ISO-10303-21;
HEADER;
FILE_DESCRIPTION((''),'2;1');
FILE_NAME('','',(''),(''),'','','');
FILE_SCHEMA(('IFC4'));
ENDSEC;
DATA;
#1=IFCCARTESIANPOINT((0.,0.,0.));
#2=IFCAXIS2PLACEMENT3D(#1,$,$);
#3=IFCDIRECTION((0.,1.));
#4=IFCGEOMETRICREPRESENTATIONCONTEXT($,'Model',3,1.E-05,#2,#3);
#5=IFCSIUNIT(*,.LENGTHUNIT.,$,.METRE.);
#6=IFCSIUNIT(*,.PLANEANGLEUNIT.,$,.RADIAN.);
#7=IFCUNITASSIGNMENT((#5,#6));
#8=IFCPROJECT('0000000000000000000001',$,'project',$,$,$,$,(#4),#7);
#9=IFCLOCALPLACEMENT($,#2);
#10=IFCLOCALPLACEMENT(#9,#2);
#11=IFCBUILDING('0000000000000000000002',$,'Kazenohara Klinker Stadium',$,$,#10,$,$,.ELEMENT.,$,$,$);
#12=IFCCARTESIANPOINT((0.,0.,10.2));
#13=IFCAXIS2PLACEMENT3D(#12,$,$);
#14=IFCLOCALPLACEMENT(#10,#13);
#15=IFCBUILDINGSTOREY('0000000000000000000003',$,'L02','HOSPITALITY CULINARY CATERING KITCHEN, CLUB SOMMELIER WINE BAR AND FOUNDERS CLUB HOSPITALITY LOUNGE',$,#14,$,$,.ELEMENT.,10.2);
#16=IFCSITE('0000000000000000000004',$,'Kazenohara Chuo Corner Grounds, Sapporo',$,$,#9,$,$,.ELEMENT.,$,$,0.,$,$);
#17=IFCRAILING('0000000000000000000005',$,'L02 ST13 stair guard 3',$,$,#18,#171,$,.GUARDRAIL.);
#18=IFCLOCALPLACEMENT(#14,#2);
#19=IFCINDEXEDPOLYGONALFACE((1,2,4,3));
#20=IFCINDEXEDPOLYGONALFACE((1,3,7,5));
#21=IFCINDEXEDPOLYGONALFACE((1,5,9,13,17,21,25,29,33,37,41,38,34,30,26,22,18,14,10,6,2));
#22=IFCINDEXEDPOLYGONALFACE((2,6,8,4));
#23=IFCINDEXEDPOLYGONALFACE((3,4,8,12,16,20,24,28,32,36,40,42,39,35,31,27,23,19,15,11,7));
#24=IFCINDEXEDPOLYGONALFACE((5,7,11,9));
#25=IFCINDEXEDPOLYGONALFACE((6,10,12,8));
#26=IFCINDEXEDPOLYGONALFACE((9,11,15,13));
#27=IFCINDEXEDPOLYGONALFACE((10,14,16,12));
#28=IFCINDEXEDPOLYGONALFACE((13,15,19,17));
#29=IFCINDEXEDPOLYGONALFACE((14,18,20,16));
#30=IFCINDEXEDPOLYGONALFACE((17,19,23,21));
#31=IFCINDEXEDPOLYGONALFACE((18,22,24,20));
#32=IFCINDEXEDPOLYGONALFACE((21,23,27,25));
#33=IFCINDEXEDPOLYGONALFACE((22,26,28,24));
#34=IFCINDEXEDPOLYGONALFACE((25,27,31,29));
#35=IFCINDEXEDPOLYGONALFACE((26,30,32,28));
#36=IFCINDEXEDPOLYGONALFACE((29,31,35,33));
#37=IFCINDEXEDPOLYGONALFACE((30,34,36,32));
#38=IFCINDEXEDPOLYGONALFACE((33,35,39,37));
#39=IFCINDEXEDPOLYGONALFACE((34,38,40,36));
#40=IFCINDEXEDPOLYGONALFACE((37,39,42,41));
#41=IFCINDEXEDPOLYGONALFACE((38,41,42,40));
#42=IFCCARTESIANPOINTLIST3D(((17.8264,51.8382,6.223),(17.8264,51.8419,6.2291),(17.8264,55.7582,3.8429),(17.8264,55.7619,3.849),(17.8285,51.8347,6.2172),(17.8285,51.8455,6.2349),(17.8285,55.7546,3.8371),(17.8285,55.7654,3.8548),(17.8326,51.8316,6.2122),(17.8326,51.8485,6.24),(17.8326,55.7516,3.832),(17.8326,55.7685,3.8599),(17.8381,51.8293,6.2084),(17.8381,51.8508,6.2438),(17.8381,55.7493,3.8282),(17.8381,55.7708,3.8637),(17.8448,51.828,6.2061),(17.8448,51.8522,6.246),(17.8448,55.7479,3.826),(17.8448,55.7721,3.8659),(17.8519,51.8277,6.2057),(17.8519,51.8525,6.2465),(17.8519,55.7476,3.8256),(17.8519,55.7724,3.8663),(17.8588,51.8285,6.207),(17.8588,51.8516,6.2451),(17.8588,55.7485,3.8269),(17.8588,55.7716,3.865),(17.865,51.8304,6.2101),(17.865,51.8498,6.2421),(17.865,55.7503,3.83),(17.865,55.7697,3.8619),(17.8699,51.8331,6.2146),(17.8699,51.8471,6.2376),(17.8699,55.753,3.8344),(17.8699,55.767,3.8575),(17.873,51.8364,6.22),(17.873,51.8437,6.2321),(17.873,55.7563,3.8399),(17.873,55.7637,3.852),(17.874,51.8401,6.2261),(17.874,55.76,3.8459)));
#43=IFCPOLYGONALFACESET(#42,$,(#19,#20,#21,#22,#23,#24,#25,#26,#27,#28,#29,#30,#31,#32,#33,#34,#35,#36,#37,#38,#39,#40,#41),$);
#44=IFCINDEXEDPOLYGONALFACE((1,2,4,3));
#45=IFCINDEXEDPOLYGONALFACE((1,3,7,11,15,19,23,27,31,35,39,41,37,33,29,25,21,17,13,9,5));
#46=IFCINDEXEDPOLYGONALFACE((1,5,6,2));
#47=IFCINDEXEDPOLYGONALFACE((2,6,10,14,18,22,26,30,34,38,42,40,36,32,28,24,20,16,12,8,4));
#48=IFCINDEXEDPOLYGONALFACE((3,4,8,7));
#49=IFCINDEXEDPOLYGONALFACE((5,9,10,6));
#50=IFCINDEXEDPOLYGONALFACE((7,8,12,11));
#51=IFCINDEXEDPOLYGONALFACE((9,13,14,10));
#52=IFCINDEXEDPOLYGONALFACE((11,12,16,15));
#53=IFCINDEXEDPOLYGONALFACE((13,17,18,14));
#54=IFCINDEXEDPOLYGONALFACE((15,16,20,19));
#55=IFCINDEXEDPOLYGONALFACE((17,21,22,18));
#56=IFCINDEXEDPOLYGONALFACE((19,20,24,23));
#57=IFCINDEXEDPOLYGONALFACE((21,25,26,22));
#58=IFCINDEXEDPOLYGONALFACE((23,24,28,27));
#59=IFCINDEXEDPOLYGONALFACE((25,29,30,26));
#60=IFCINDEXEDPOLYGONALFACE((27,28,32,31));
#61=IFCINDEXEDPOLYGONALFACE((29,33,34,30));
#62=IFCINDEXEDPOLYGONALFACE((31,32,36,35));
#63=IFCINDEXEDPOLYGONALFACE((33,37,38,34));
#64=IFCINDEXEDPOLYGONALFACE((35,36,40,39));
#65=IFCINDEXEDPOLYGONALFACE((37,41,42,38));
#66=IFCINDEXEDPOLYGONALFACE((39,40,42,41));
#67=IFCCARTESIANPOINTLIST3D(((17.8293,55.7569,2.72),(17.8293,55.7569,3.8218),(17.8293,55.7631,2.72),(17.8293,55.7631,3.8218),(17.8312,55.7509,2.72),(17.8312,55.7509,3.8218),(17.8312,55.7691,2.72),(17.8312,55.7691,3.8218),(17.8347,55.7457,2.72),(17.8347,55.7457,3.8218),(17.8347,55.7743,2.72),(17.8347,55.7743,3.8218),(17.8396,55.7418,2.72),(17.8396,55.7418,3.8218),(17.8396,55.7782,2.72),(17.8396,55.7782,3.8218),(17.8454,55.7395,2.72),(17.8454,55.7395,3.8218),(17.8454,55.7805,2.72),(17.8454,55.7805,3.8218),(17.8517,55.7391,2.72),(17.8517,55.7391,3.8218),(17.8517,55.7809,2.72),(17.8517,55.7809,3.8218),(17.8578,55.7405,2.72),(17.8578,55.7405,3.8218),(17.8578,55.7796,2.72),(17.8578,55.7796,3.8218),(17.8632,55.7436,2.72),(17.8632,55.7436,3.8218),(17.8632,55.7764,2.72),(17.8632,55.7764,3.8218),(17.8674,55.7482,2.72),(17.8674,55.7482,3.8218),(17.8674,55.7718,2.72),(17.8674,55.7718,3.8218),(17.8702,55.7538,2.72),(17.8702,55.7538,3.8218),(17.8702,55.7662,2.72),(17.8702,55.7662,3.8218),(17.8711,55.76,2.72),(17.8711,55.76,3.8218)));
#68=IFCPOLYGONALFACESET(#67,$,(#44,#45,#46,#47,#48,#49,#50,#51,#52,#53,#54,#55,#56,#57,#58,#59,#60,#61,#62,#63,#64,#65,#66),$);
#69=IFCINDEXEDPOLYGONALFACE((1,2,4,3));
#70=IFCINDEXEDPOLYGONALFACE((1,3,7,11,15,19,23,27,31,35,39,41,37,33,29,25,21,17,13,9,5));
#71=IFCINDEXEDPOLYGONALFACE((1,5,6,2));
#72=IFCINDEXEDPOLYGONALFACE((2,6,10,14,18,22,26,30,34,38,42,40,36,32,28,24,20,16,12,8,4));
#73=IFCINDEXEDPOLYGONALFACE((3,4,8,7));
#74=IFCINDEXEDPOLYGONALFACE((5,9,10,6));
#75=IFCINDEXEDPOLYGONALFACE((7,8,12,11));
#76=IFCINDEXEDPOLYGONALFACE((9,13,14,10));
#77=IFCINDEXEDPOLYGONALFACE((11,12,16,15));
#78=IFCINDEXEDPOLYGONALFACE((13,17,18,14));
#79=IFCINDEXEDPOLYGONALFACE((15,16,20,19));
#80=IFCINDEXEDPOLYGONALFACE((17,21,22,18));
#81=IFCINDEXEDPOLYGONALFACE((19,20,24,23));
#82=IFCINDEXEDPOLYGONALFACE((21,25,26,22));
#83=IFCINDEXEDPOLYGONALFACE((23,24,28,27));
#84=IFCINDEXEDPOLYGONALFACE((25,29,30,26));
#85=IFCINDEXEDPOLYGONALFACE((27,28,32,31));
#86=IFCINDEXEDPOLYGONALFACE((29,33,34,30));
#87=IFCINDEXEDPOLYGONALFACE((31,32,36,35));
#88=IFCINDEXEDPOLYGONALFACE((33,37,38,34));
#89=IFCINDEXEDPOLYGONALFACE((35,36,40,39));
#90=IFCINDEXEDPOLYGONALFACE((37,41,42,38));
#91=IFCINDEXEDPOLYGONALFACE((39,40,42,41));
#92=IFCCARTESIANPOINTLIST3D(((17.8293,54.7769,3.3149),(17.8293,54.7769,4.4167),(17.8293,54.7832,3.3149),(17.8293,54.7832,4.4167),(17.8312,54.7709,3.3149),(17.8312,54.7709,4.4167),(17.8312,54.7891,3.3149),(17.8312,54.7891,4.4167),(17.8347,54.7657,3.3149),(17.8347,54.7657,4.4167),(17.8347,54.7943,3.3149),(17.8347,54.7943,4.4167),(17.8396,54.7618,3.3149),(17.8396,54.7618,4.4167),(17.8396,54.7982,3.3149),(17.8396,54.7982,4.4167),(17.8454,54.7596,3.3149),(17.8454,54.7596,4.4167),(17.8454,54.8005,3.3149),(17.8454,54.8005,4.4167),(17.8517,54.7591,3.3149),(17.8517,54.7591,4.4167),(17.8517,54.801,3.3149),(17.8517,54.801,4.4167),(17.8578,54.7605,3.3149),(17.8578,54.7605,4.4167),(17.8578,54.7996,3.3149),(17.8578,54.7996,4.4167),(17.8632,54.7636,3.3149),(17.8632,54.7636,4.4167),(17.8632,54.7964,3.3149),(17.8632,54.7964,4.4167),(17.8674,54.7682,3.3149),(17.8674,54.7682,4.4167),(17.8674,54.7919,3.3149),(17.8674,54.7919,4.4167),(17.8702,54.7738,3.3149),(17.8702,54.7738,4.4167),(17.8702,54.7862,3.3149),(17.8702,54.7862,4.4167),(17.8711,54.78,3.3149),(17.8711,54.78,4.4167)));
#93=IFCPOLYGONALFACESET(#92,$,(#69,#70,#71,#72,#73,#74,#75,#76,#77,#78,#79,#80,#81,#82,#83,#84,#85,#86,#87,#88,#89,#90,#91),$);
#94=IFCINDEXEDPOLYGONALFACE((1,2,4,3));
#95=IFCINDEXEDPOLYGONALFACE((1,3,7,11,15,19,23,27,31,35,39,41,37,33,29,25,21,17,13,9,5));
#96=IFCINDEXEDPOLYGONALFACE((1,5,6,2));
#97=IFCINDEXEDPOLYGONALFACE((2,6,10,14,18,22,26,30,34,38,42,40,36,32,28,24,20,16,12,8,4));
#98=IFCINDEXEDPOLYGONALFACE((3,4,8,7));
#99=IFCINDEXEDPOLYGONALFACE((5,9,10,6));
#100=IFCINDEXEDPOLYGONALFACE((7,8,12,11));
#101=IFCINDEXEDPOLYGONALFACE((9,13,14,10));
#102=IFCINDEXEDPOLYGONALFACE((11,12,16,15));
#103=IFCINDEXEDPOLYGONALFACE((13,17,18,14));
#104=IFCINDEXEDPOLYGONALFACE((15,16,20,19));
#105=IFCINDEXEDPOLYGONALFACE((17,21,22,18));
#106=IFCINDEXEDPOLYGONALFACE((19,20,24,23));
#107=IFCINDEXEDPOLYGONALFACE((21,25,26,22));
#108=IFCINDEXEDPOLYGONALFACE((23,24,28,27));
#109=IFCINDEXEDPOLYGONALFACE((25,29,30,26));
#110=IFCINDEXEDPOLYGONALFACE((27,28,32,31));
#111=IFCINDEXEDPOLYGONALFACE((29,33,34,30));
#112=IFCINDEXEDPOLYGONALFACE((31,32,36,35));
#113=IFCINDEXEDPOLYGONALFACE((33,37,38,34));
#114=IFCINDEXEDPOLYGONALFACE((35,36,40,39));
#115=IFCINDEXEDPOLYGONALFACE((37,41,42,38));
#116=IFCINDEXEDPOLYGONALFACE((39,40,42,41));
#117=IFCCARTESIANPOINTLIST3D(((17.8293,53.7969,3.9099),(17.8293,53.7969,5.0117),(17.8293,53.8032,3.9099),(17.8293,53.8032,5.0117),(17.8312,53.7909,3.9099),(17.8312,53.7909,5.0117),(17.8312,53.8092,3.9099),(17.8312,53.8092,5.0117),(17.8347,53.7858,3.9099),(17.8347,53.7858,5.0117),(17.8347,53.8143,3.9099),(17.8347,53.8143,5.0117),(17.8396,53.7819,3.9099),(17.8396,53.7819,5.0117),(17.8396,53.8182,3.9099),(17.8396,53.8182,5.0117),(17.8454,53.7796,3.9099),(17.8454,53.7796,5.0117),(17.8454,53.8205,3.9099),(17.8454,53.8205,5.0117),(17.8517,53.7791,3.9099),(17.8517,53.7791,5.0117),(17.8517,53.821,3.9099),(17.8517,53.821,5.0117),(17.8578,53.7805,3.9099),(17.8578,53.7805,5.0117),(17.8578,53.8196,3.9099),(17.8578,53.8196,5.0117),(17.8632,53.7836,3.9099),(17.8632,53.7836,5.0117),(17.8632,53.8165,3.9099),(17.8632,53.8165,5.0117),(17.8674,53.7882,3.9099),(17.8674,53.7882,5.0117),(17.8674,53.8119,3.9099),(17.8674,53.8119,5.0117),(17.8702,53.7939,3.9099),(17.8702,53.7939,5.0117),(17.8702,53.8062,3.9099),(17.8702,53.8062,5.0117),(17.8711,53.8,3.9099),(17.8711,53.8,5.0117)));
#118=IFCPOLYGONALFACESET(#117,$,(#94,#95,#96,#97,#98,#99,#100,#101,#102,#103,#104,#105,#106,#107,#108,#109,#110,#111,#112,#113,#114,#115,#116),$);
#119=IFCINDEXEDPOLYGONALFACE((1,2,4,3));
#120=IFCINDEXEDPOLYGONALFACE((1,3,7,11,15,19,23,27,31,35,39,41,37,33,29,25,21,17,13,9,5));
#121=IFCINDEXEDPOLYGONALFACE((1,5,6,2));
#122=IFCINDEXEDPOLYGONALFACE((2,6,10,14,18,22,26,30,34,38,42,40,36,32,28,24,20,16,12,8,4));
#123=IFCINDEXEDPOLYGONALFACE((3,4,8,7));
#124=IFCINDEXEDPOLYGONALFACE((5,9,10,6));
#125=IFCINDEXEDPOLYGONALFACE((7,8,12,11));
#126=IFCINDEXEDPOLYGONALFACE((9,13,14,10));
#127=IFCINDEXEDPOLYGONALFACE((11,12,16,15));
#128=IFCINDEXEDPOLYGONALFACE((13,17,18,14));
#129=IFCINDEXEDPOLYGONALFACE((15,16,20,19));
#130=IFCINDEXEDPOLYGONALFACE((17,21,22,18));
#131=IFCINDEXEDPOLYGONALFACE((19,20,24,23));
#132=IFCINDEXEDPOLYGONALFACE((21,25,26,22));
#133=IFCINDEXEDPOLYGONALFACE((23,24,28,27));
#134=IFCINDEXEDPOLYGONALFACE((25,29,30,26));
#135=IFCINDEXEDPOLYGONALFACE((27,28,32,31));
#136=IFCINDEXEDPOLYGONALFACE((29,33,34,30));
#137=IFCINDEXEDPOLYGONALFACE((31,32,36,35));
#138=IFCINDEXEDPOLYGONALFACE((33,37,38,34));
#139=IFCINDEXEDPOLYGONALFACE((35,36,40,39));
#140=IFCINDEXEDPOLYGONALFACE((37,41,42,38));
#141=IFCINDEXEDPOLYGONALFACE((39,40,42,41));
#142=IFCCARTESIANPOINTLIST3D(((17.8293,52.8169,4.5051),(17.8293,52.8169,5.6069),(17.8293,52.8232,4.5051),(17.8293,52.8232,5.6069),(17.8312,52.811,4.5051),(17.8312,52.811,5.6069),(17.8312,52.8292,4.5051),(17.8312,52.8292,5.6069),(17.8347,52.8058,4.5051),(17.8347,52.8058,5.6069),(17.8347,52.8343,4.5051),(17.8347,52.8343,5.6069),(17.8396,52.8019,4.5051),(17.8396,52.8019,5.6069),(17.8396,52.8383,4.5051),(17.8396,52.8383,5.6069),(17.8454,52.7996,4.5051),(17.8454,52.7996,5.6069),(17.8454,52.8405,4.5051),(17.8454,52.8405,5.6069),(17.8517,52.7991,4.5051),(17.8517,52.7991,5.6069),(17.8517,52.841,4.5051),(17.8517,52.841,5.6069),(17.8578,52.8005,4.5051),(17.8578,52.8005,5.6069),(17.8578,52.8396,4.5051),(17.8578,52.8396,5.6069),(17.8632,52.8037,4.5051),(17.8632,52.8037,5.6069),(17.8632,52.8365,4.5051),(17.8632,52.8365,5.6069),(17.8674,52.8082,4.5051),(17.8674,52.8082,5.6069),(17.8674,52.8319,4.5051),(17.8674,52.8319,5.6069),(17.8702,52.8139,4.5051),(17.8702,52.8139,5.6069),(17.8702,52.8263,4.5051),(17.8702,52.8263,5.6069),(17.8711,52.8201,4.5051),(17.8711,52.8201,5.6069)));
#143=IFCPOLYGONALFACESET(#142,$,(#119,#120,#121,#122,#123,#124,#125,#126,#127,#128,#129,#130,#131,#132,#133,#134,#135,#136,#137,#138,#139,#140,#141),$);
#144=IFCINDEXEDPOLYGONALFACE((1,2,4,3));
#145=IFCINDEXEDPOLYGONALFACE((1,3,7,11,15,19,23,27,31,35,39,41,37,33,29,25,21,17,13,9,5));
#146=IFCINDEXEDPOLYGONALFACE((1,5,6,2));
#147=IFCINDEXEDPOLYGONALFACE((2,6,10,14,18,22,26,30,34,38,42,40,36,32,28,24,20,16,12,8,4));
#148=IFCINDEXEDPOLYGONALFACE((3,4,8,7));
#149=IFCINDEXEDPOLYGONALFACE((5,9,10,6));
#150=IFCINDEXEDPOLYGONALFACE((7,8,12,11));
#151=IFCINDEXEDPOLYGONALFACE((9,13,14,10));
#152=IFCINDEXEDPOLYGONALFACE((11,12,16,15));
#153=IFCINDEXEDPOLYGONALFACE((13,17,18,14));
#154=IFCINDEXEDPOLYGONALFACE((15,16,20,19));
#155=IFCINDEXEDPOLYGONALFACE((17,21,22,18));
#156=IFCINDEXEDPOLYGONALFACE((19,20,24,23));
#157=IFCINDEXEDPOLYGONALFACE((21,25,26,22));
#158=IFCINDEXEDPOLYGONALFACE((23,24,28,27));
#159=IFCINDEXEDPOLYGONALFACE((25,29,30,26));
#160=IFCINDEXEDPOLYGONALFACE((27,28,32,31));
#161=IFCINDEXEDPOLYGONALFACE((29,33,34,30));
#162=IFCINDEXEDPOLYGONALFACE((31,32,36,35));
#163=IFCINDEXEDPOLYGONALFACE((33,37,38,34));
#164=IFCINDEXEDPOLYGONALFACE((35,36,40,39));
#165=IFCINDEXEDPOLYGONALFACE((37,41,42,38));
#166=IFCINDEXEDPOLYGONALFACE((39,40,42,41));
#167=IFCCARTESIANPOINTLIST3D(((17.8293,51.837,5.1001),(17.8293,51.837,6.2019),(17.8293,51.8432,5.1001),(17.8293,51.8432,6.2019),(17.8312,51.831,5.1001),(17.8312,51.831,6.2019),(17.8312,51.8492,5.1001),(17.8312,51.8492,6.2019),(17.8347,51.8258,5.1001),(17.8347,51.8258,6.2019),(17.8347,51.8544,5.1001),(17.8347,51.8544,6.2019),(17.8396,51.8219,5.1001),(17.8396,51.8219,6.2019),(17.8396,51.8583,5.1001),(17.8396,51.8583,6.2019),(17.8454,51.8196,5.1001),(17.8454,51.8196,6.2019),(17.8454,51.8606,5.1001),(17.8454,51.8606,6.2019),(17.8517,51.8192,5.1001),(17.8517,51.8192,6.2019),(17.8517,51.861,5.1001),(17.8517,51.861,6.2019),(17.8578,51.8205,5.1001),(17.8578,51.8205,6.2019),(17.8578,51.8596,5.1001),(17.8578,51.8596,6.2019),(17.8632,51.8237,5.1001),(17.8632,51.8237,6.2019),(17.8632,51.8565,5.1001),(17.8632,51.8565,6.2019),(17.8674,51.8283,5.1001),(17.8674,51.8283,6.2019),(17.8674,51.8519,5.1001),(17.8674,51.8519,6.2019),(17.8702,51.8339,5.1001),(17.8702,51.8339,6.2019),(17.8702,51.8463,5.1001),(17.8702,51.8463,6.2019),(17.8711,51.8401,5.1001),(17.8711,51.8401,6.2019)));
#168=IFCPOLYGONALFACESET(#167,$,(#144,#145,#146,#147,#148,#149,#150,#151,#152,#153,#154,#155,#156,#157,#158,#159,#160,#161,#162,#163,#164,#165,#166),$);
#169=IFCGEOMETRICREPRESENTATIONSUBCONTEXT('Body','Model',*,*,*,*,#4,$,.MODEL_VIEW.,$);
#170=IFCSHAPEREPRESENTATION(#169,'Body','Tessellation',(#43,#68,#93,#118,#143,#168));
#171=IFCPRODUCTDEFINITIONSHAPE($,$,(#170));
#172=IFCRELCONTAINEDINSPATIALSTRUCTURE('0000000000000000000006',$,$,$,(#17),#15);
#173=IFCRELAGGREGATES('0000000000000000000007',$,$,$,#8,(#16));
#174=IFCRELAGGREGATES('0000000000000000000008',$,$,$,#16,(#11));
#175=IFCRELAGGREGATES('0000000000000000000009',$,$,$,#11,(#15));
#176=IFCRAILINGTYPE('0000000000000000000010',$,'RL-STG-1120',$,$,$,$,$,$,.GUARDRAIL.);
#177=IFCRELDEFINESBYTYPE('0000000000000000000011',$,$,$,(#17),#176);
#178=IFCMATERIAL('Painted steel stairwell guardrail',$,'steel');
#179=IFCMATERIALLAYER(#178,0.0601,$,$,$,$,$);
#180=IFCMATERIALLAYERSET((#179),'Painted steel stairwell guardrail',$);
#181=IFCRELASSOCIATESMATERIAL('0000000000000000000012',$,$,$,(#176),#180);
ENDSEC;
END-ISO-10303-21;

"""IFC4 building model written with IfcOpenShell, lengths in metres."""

from ifc_helpers import new_model, si_unit, direction, frame, origin, origin_2d, place, context, subcontext, project, spatial, circle, extrude, material, layer, layer_set, type_object, element, save


model = new_model("IFC4")

# Units and contexts
model_context = context("Model", 3, precision=1e-05, world=origin(), true_north=direction((0.0, 1.0)))
body_context = subcontext(model_context, "Body", "Model", "MODEL_VIEW")
ifc_project = project(units=[si_unit("LENGTHUNIT", "METRE"), si_unit("PLANEANGLEUNIT", "RADIAN")], contexts=[model_context])

# Site, building, storey
site_placement = place(None, origin())
site = spatial("IfcSite", under=ifc_project, at=site_placement, Name="Kazenohara Chuo Corner Grounds, Sapporo", CompositionType="ELEMENT", RefElevation=0.0)
building_placement = place(site_placement, origin())
building = spatial("IfcBuilding", under=site, at=building_placement, Name="Kazenohara Klinker Stadium", CompositionType="ELEMENT")
storey_placement = place(building_placement, frame((0.0, 0.0, 10.2)))
storey = spatial("IfcBuildingStorey", under=building, at=storey_placement, Name="L02", Description="HOSPITALITY CULINARY CATERING KITCHEN, CLUB SOMMELIER WINE BAR AND FOUNDERS CLUB HOSPITALITY LOUNGE", CompositionType="ELEMENT", Elevation=10.2)

# Railing
ifc_material_1 = material(Name="Painted steel stairwell guardrail", Category="steel")
ifc_layer_1 = layer(ifc_material_1, 0.0601)
ifc_layer_set_1 = layer_set([ifc_layer_1], Name="Painted steel stairwell guardrail")
railing_type_1 = type_object("IfcRailingType", Name="RL-STG-1120", PredefinedType="GUARDRAIL", material=ifc_layer_set_1)
railing_1_placement = place(storey_placement, frame((17.8501, 55.76, 2.72)))
element("IfcRailing", 1, at=railing_1_placement, inside=storey, type_object=railing_type_1, Name="L02 ST13 stair guard 3", PredefinedType="GUARDRAIL", context=body_context, shape_type="SweptSolid", body=[
    extrude(circle(Radius=0.0239, at=origin_2d()), frame((0.0, 0.0, 1.126), z_axis=(0.0, -0.854771, 0.519006), x_axis=(1.0, 0.0, 0.0)), (0.0, 0.0, 1.0), 4.5859),
    extrude(circle(Radius=0.021, at=origin_2d()), origin(), (0.0, 0.0, 1.0), 1.1018),
    extrude(circle(Radius=0.021, at=origin_2d()), frame((0.0, -0.98, 0.595)), (0.0, 0.0, 1.0), 1.1018),
    extrude(circle(Radius=0.021, at=origin_2d()), frame((0.0, -1.96, 1.1899)), (0.0, 0.0, 1.0), 1.1018),
    extrude(circle(Radius=0.021, at=origin_2d()), frame((0.0, -2.9399, 1.7852)), (0.0, 0.0, 1.0), 1.1018),
    extrude(circle(Radius=0.021, at=origin_2d()), frame((0.0, -3.9199, 2.3801)), (0.0, 0.0, 1.0), 1.1018),
])

save(model, "model.ifc")
